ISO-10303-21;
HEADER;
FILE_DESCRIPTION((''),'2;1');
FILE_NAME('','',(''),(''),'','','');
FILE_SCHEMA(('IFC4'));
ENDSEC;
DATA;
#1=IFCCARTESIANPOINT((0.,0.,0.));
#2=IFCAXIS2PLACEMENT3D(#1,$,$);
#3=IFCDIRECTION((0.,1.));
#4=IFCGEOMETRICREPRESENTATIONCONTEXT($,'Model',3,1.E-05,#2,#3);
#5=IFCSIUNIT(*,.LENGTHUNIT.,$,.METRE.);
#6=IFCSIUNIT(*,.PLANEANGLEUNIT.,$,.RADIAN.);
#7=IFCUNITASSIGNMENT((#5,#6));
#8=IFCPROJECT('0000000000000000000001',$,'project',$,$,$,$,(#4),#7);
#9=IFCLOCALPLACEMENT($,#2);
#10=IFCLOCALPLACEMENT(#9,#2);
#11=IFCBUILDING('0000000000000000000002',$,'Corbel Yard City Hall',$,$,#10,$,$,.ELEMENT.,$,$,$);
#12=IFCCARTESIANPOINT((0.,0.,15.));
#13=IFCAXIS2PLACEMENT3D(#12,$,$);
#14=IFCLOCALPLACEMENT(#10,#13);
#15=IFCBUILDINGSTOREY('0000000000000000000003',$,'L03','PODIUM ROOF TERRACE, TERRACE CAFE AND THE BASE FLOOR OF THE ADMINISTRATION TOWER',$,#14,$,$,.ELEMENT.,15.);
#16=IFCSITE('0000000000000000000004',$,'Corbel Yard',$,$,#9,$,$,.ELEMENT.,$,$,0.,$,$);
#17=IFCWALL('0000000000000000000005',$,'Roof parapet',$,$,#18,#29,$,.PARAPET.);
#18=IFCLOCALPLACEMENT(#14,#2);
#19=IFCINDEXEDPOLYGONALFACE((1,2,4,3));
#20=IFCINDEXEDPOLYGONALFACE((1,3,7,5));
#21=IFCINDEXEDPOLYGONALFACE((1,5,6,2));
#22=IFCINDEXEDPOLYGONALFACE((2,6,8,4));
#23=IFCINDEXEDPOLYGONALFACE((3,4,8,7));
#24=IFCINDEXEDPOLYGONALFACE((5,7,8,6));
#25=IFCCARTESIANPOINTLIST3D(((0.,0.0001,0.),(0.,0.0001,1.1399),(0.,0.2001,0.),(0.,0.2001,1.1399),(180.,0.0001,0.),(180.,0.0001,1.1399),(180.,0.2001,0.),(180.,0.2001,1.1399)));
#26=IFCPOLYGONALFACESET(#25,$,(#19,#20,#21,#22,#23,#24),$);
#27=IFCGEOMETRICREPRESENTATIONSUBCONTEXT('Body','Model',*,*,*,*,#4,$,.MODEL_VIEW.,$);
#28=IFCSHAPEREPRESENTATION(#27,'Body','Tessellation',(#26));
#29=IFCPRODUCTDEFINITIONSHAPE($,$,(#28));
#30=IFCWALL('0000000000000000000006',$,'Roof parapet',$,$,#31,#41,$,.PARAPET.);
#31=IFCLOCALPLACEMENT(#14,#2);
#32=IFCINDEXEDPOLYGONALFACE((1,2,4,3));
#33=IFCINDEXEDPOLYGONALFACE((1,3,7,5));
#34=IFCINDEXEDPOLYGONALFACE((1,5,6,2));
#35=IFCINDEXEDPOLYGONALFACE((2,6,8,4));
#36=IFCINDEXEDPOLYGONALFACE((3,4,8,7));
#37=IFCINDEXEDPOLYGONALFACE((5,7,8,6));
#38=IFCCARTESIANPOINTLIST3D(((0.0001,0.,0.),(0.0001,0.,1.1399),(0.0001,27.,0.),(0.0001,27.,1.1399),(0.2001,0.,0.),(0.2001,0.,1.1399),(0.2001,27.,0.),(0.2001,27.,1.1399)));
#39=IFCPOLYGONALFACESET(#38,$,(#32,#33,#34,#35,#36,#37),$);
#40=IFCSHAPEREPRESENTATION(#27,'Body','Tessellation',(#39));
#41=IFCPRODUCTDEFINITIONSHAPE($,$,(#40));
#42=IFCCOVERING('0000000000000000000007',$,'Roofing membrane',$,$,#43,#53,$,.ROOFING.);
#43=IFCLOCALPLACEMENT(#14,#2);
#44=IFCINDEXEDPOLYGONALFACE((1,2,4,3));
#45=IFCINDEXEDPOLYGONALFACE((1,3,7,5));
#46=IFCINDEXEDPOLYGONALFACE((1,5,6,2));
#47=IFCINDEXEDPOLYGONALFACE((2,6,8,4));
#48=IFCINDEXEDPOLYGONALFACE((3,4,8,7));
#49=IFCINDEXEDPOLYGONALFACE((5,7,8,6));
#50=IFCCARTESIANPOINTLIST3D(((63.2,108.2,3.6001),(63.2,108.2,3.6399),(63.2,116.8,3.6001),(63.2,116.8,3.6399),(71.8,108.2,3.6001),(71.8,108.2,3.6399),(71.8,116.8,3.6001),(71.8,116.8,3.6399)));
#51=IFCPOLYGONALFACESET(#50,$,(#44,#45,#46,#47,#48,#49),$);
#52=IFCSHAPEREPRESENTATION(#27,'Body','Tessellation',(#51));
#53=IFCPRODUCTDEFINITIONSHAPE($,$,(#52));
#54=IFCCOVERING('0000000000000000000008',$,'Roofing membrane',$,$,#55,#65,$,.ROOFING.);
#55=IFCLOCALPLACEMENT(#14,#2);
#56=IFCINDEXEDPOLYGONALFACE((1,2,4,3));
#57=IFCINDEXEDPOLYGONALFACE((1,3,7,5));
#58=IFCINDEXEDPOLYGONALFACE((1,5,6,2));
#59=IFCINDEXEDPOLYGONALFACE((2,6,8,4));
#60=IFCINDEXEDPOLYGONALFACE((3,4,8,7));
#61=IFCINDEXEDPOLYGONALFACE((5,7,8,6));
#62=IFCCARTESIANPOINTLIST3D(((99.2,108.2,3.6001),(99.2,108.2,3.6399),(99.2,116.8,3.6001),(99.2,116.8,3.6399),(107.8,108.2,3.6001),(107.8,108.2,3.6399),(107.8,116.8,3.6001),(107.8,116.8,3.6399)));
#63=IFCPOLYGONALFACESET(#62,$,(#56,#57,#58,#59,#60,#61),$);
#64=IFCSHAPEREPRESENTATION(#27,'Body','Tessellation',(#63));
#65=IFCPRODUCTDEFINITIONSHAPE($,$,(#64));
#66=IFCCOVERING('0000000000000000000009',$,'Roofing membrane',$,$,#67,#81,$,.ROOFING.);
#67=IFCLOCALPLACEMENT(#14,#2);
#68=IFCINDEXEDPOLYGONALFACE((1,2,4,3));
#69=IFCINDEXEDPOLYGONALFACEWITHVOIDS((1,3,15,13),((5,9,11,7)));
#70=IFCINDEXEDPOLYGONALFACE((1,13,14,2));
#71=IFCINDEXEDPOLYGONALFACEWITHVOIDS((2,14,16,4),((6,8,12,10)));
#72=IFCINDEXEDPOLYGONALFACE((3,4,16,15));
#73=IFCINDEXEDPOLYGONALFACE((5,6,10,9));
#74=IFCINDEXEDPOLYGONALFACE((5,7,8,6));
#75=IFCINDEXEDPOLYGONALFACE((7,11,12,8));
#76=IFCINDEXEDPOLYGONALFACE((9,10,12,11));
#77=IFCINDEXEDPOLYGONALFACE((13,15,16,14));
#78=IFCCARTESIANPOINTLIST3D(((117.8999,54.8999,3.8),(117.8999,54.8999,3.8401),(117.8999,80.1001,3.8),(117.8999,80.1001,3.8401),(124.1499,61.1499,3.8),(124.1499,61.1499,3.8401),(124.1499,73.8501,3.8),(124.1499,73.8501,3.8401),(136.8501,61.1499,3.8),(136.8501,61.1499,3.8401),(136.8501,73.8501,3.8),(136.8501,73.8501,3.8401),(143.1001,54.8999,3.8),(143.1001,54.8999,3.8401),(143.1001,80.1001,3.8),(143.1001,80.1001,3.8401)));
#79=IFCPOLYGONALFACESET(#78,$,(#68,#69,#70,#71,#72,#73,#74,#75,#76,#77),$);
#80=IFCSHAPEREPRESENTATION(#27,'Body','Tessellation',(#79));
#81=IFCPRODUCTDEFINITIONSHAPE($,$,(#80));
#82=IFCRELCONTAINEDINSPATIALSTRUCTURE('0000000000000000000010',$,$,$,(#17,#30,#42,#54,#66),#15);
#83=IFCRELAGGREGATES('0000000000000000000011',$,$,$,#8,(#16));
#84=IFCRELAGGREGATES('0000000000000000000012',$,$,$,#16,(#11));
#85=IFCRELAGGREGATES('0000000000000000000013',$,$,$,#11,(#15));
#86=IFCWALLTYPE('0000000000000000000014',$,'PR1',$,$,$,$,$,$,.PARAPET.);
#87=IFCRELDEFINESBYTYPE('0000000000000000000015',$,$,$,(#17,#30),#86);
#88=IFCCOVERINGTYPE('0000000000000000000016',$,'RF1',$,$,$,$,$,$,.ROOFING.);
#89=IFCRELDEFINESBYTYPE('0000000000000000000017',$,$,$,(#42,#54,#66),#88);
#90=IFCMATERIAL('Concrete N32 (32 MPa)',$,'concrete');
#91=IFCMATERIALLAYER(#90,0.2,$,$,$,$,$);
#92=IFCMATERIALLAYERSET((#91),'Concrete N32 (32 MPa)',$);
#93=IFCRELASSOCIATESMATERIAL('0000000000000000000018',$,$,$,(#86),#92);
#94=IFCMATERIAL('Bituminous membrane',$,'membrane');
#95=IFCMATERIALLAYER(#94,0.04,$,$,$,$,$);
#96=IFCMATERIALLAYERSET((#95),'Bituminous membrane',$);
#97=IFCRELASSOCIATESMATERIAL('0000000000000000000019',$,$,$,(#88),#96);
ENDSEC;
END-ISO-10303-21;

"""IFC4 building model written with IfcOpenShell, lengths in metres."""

from ifc_helpers import new_model, si_unit, direction, frame, frame_2d, origin, place, context, subcontext, project, spatial, polyline, rectangle, outline, extrude, material, layer, layer_set, type_object, element, save


model = new_model("IFC4")

# Units and contexts
model_context = context("Model", 3, precision=1e-05, world=origin(), true_north=direction((0.0, 1.0)))
body_context = subcontext(model_context, "Body", "Model", "MODEL_VIEW")
ifc_project = project(units=[si_unit("LENGTHUNIT", "METRE"), si_unit("PLANEANGLEUNIT", "RADIAN")], contexts=[model_context])

# Site, building, storey
site_placement = place(None, origin())
site = spatial("IfcSite", under=ifc_project, at=site_placement, Name="Corbel Yard", CompositionType="ELEMENT", RefElevation=0.0)
building_placement = place(site_placement, origin())
building = spatial("IfcBuilding", under=site, at=building_placement, Name="Corbel Yard City Hall", CompositionType="ELEMENT")
storey_placement = place(building_placement, frame((0.0, 0.0, 15.0)))
storey = spatial("IfcBuildingStorey", under=building, at=storey_placement, Name="L03", Description="PODIUM ROOF TERRACE, TERRACE CAFE AND THE BASE FLOOR OF THE ADMINISTRATION TOWER", CompositionType="ELEMENT", Elevation=15.0)

# Walls
ifc_material_1 = material(Name="Concrete N32 (32 MPa)", Category="concrete")
ifc_layer_1 = layer(ifc_material_1, 0.2)
ifc_layer_set_1 = layer_set([ifc_layer_1], Name="Concrete N32 (32 MPa)")
wall_type = type_object("IfcWallType", Name="PR1", PredefinedType="PARAPET", material=ifc_layer_set_1)
wall_1_placement = place(storey_placement, frame((0.0, 0.1001, 0.0), z_axis=(0.0, 0.0, 1.0), x_axis=(1.0, 0.0, 0.0)))
element("IfcWall", 1, at=wall_1_placement, inside=storey, type_object=wall_type, Name="Roof parapet", PredefinedType="PARAPET", context=body_context, shape_type="SweptSolid", body=[
    extrude(rectangle(XDim=180.0, YDim=0.2, at=frame_2d((90.0, 0.0))), origin(), (0.0, 0.0, 1.0), 1.1399),
])
wall_2_placement = place(storey_placement, frame((0.1001, 0.0, 0.0), z_axis=(0.0, 0.0, 1.0), x_axis=(0.0, 1.0, 0.0)))
element("IfcWall", 2, at=wall_2_placement, inside=storey, type_object=wall_type, Name="Roof parapet", PredefinedType="PARAPET", context=body_context, shape_type="SweptSolid", body=[
    extrude(rectangle(XDim=27.0, YDim=0.2, at=frame_2d((13.5, 0.0))), origin(), (0.0, 0.0, 1.0), 1.1399),
])

# Coverings
ifc_material_2 = material(Name="Bituminous membrane", Category="membrane")
ifc_layer_2 = layer(ifc_material_2, 0.04)
ifc_layer_set_2 = layer_set([ifc_layer_2], Name="Bituminous membrane")
covering_type = type_object("IfcCoveringType", Name="RF1", PredefinedType="ROOFING", material=ifc_layer_set_2)
covering_1_placement = place(storey_placement, frame((0.0, 0.0, 3.6001)))
element("IfcCovering", 3, at=covering_1_placement, inside=storey, type_object=covering_type, Name="Roofing membrane", PredefinedType="ROOFING", context=body_context, shape_type="SweptSolid", body=[
    extrude(outline(polyline([(71.8, 108.2), (63.2, 108.2), (63.2, 116.8), (71.8, 116.8), (71.8, 108.2)])), origin(), (0.0, 0.0, 1.0), 0.0398),
])
covering_2_placement = place(storey_placement, frame((0.0, 0.0, 3.6001)))
element("IfcCovering", 4, at=covering_2_placement, inside=storey, type_object=covering_type, Name="Roofing membrane", PredefinedType="ROOFING", context=body_context, shape_type="SweptSolid", body=[
    extrude(outline(polyline([(107.8, 108.2), (99.2, 108.2), (99.2, 116.8), (107.8, 116.8), (107.8, 108.2)])), origin(), (0.0, 0.0, 1.0), 0.0398),
])
covering_3_placement = place(storey_placement, frame((0.0, 0.0, 3.8)))
element("IfcCovering", 5, at=covering_3_placement, inside=storey, type_object=covering_type, Name="Roofing membrane", PredefinedType="ROOFING", context=body_context, shape_type="SweptSolid", body=[
    extrude(outline(polyline([(117.8999, 54.8999), (117.8999, 80.1001), (143.1001, 80.1001), (143.1001, 54.8999), (117.8999, 54.8999)]), holes=[polyline([(136.8501, 73.8501), (124.1499, 73.8501), (124.1499, 61.1499), (136.8501, 61.1499), (136.8501, 73.8501)])]), origin(), (0.0, 0.0, 1.0), 0.04),
])

save(model, "model.ifc")
